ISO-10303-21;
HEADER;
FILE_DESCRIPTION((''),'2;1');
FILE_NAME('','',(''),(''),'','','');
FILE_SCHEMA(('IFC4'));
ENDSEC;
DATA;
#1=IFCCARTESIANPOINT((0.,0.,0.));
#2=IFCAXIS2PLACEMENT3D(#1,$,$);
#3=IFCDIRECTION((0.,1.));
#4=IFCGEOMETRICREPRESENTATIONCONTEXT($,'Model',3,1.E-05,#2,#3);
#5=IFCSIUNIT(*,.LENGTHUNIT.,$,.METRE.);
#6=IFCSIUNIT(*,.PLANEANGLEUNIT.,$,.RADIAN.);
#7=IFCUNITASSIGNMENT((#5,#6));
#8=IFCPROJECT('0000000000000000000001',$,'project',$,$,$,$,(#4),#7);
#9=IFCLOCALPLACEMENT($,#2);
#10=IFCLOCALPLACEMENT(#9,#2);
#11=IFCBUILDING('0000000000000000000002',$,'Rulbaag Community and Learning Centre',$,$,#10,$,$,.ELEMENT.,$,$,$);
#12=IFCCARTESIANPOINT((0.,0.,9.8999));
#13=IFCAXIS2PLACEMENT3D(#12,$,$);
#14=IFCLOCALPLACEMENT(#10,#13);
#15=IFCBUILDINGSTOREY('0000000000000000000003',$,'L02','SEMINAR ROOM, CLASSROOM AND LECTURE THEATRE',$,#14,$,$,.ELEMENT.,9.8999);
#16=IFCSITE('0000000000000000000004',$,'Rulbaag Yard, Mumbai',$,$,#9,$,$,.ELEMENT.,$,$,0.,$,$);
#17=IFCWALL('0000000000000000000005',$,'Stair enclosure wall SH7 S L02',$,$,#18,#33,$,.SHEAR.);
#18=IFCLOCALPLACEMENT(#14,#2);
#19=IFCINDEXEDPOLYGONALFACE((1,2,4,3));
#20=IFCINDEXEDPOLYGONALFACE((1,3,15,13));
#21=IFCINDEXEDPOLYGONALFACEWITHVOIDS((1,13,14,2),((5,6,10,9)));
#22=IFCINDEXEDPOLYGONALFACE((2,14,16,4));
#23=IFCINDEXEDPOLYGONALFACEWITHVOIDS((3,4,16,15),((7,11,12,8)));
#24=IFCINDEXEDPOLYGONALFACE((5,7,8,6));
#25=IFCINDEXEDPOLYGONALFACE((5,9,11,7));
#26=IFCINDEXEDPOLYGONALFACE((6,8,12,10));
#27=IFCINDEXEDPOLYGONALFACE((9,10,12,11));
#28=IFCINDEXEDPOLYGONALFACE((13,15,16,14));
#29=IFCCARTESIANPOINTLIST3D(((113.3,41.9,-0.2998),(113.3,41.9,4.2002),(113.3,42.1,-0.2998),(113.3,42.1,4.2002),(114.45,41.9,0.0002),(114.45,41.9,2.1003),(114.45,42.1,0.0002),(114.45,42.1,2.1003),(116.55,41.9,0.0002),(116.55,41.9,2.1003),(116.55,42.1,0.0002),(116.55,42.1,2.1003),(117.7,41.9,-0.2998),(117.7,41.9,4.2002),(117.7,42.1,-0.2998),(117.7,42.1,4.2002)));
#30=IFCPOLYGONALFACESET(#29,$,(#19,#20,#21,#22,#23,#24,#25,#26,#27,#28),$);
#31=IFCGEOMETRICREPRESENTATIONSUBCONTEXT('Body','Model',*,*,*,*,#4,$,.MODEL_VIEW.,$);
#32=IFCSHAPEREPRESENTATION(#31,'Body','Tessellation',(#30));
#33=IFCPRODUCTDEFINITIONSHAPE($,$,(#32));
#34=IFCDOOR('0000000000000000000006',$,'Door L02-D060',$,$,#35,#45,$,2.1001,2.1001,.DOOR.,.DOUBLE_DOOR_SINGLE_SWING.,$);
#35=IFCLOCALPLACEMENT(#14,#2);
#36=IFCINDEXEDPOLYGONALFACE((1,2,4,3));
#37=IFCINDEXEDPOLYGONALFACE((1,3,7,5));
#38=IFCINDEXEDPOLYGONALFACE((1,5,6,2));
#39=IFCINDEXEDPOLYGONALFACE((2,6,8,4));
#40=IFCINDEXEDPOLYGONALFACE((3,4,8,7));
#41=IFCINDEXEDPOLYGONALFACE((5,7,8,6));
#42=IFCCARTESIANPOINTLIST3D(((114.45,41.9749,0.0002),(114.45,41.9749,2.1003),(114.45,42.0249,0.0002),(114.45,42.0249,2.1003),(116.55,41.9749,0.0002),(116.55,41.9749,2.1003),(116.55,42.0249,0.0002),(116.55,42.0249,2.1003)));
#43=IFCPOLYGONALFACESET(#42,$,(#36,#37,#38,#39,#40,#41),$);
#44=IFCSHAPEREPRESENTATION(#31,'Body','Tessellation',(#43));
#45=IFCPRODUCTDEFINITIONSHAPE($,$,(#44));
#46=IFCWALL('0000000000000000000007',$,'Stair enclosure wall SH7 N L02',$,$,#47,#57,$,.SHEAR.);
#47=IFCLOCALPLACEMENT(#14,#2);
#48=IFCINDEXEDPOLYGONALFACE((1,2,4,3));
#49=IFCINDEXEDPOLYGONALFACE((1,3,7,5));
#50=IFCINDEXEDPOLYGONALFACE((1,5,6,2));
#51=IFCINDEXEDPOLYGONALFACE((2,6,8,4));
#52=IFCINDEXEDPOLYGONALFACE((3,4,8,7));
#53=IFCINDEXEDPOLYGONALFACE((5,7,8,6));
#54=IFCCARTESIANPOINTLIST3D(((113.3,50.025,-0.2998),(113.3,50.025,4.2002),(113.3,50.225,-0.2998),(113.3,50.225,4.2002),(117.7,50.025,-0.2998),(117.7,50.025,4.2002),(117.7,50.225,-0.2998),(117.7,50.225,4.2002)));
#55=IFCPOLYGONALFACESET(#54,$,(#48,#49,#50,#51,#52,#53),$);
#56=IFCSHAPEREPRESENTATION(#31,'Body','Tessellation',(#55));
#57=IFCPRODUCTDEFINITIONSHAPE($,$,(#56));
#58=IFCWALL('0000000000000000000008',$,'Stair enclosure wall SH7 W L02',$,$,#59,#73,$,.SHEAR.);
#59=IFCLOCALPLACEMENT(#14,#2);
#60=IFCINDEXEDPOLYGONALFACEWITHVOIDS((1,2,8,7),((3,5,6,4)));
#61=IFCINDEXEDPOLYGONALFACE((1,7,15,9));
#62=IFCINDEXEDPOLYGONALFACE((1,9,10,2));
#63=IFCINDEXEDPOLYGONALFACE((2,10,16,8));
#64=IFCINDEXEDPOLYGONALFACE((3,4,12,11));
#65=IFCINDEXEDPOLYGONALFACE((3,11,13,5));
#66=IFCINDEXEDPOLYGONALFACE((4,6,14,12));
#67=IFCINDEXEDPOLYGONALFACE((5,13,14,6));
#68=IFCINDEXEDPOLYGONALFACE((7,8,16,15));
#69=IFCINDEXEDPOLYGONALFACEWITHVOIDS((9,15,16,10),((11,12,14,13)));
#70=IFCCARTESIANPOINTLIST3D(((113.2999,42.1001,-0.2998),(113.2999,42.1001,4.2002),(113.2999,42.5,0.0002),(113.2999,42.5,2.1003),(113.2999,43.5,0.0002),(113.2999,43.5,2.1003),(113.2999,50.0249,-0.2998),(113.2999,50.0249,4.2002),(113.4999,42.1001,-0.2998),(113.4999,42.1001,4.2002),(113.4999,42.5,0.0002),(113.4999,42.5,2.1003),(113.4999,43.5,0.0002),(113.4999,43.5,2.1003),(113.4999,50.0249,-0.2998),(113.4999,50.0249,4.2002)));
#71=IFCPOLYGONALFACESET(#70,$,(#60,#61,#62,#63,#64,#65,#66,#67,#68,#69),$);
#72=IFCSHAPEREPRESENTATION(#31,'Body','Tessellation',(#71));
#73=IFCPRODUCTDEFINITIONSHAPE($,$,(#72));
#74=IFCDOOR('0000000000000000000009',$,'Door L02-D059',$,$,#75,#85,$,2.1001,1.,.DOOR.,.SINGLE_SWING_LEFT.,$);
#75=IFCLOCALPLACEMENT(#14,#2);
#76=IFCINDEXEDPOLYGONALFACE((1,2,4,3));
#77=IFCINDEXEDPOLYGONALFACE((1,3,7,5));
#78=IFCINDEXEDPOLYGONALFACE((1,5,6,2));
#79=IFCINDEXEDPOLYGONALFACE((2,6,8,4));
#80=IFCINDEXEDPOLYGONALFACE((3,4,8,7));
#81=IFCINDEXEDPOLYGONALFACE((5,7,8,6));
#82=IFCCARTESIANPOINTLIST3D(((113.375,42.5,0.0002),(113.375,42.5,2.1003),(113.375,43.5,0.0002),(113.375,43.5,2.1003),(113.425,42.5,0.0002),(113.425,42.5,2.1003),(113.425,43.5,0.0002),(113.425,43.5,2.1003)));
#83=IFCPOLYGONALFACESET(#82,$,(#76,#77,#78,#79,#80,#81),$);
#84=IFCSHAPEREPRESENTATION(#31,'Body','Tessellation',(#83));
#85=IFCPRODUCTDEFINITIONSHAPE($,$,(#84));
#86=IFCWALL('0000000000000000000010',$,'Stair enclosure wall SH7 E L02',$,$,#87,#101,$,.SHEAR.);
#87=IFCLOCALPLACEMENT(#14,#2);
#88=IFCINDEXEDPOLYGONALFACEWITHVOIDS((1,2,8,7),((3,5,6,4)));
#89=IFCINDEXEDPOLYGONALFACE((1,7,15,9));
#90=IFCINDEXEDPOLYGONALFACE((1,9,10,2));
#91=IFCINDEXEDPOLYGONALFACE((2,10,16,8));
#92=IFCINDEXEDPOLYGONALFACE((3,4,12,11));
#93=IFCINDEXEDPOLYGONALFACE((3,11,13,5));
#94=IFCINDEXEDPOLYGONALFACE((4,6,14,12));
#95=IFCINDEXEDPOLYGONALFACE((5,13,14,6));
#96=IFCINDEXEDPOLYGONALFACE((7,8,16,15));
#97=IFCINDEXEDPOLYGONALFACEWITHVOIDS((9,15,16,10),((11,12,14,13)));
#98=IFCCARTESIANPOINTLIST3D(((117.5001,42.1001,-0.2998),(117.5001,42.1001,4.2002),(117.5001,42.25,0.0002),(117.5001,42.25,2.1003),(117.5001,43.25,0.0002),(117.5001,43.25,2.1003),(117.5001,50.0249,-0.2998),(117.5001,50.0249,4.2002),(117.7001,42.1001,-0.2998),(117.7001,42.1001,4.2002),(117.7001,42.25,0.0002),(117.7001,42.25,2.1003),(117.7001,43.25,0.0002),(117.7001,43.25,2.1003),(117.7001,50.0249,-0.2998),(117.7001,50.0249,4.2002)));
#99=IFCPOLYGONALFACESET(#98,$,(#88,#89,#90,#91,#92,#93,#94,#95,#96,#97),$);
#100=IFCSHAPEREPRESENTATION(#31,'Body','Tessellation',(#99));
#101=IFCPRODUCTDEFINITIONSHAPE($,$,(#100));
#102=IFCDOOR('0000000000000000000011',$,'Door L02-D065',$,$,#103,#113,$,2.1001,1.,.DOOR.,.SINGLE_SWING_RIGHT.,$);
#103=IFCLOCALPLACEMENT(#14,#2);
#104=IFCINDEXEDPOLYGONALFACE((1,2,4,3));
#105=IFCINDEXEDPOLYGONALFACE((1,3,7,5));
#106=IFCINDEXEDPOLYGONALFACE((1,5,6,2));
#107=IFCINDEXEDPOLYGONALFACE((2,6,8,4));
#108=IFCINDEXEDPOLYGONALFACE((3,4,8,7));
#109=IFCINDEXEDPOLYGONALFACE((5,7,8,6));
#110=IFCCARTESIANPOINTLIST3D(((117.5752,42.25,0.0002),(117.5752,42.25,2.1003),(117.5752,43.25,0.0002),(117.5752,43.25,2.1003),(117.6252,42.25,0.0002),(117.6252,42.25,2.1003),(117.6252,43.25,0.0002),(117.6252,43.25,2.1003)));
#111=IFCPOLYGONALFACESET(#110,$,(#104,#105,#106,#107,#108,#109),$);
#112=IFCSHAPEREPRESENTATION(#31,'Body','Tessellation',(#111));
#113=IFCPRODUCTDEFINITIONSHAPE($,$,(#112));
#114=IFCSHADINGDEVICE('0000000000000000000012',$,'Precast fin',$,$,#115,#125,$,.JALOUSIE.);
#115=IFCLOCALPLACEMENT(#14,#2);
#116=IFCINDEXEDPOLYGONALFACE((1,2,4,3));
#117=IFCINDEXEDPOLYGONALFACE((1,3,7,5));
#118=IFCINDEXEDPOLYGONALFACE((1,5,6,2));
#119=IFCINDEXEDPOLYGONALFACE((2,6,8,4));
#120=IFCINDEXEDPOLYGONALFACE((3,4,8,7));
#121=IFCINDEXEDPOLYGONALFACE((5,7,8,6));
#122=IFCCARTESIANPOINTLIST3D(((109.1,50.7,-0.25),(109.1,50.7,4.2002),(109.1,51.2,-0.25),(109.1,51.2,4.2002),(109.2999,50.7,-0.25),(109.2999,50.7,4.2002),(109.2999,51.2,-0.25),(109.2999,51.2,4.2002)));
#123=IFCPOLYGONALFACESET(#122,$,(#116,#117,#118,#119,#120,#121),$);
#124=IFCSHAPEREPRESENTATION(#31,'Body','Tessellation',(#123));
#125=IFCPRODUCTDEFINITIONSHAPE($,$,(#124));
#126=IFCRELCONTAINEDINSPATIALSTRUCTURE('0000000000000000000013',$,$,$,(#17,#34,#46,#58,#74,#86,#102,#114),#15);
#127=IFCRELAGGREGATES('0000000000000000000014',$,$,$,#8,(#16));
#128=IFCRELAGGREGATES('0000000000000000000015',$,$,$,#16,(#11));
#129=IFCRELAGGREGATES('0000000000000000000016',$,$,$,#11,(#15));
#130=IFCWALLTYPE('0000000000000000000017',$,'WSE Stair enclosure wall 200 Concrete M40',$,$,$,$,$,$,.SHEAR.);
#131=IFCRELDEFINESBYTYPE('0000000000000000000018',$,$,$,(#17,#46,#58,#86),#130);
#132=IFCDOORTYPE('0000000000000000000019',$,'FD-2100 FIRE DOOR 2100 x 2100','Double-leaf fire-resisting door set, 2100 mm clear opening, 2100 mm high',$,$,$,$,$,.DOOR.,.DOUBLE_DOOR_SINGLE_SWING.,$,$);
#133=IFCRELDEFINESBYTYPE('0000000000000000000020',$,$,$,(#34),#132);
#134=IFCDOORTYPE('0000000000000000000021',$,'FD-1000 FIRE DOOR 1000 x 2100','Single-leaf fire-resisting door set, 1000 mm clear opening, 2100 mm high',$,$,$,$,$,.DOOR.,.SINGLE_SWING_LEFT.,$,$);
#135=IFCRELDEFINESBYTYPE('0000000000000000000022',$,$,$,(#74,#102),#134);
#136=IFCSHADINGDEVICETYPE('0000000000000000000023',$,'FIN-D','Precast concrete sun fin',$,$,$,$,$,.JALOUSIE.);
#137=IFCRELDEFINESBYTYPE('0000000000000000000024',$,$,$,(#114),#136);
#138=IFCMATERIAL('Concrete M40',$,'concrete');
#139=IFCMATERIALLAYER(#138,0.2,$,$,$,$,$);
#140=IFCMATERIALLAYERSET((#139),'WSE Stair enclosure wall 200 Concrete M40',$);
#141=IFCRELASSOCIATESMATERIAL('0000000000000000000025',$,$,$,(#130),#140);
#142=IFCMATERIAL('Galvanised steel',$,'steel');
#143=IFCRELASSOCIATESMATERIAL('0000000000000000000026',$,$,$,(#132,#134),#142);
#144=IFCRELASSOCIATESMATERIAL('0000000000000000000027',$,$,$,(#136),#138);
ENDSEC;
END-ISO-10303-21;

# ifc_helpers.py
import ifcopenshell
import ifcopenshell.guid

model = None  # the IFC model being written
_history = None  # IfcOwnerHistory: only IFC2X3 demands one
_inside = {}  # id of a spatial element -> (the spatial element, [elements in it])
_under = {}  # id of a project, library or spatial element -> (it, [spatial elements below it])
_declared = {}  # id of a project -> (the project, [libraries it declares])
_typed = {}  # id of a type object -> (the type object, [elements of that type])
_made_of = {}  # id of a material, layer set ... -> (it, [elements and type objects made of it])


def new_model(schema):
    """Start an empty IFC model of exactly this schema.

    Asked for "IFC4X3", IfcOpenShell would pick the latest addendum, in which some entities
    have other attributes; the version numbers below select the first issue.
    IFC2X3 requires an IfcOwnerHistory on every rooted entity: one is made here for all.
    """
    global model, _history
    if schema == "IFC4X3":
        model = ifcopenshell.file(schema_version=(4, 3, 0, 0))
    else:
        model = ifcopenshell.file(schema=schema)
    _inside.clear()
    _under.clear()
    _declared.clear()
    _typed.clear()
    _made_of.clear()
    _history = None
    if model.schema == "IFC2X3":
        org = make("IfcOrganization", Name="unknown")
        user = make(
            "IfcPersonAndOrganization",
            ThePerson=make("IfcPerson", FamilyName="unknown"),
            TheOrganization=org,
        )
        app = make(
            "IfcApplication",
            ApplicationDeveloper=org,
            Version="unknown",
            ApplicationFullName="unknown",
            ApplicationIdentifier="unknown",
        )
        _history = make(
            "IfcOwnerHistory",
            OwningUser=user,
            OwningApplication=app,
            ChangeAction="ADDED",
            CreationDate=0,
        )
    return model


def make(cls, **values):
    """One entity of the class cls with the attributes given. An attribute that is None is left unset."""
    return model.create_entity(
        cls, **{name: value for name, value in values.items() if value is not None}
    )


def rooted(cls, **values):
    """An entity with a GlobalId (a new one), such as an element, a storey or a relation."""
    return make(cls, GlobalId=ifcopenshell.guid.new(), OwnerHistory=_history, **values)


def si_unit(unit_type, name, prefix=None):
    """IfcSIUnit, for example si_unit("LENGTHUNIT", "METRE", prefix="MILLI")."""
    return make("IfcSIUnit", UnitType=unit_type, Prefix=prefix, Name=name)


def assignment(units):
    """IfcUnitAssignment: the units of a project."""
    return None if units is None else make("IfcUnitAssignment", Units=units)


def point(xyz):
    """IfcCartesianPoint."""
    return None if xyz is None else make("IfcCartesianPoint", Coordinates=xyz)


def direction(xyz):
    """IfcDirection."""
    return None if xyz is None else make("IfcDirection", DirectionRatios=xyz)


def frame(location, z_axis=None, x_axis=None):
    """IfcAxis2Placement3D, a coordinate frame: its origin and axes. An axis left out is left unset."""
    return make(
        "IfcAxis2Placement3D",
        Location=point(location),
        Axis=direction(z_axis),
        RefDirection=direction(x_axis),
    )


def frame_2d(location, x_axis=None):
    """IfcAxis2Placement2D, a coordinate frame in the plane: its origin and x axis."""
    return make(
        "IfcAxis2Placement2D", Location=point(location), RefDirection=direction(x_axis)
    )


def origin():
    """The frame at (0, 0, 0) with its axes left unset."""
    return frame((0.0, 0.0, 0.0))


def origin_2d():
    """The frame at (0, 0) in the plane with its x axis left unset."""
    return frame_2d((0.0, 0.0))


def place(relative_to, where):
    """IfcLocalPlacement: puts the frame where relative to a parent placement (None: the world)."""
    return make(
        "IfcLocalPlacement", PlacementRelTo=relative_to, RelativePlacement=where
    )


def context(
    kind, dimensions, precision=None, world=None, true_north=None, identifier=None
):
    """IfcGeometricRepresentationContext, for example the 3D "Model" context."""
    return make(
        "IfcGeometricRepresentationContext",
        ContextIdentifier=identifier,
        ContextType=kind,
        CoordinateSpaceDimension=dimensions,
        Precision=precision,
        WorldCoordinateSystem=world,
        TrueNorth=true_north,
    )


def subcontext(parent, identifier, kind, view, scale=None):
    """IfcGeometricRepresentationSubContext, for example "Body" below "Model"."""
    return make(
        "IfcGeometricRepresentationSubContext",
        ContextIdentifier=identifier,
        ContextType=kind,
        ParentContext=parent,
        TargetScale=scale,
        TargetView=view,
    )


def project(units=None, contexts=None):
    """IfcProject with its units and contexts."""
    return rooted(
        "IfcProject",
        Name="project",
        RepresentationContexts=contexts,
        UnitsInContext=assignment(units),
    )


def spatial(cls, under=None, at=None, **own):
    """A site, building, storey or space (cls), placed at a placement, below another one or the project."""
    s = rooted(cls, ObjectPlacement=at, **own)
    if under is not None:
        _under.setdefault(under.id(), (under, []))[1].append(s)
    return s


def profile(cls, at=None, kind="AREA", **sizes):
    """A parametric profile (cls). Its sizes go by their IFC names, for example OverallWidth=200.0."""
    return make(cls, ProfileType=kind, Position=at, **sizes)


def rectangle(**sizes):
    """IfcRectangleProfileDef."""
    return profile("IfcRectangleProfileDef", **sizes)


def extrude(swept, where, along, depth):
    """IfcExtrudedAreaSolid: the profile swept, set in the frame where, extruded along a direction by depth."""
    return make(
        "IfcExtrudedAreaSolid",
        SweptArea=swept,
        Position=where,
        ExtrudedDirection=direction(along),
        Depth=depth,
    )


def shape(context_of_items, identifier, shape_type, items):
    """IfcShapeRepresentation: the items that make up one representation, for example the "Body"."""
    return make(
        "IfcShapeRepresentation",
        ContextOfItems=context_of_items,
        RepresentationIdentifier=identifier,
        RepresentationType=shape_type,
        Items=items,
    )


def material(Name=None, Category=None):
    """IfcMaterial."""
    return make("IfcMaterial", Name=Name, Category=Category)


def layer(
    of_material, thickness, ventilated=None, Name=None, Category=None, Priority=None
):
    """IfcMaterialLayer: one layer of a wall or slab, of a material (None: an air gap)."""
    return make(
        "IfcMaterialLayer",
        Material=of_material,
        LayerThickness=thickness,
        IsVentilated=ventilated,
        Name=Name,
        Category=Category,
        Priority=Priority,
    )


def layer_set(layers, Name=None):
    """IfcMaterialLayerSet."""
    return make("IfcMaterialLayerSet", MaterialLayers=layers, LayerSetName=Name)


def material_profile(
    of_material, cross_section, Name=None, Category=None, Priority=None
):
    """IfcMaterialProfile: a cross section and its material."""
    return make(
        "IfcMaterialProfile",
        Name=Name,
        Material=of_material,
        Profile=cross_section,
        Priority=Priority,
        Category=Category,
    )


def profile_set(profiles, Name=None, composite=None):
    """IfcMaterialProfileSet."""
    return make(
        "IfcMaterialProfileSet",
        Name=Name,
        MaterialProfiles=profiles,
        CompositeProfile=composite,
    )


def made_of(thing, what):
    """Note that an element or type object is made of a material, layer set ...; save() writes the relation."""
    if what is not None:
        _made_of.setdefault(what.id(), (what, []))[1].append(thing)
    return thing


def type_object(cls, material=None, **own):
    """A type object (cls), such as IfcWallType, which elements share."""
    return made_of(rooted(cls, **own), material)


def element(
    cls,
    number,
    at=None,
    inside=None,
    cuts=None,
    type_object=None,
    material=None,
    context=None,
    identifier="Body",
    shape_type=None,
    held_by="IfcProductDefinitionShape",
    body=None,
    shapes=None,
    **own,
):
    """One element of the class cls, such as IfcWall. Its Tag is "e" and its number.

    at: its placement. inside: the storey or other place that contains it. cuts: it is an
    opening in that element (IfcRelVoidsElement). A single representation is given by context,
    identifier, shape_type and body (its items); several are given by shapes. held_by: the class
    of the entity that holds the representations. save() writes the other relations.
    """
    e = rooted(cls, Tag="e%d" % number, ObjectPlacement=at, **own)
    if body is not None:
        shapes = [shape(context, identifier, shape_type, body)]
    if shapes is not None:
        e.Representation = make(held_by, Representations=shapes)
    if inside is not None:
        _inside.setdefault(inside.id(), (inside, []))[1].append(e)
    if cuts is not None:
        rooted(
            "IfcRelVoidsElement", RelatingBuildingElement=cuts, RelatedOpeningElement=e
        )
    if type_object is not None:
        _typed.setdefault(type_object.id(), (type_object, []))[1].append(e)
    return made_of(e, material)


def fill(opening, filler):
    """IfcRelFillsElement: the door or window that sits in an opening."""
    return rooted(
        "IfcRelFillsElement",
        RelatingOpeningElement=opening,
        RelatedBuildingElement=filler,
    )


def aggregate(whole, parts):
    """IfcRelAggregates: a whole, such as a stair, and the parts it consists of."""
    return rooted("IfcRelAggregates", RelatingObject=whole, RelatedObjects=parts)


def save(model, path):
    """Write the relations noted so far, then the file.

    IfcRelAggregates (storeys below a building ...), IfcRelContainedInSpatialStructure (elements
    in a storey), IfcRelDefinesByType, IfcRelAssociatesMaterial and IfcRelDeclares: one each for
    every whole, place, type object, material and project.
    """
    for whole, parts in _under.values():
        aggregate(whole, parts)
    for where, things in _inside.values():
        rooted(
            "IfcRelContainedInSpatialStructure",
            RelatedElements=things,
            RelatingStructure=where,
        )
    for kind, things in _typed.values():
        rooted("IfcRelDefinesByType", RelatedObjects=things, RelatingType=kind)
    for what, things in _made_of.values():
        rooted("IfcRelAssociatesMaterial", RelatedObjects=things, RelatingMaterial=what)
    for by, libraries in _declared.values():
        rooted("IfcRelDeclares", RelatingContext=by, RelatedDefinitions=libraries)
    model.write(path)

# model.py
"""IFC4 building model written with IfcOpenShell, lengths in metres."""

from ifc_helpers import new_model, si_unit, direction, frame, frame_2d, origin, origin_2d, place, context, subcontext, project, spatial, rectangle, extrude, material, layer, layer_set, material_profile, profile_set, type_object, element, fill, save


model = new_model("IFC4")

# Units and contexts
model_context = context("Model", 3, precision=1e-05, world=origin(), true_north=direction((0.0, 1.0)))
body_context = subcontext(model_context, "Body", "Model", "MODEL_VIEW")
ifc_project = project(units=[si_unit("LENGTHUNIT", "METRE"), si_unit("PLANEANGLEUNIT", "RADIAN")], contexts=[model_context])

# Site, building, storey
site_placement = place(None, origin())
site = spatial("IfcSite", under=ifc_project, at=site_placement, Name="Rulbaag Yard, Mumbai", CompositionType="ELEMENT", RefElevation=0.0)
building_placement = place(site_placement, origin())
building = spatial("IfcBuilding", under=site, at=building_placement, Name="Rulbaag Community and Learning Centre", CompositionType="ELEMENT")
storey_placement = place(building_placement, frame((0.0, 0.0, 9.8999)))
storey = spatial("IfcBuildingStorey", under=building, at=storey_placement, Name="L02", Description="SEMINAR ROOM, CLASSROOM AND LECTURE THEATRE", CompositionType="ELEMENT", Elevation=9.8999)

# Shared definitions
ifc_material_1 = material(Name="Concrete M40", Category="concrete")

# Wall, opening, door
ifc_layer_1 = layer(ifc_material_1, 0.2)
ifc_layer_set_1 = layer_set([ifc_layer_1], Name="WSE Stair enclosure wall 200 Concrete M40")
wall_type_1 = type_object("IfcWallType", Name="WSE Stair enclosure wall 200 Concrete M40", PredefinedType="SHEAR", material=ifc_layer_set_1)
wall_1_placement = place(storey_placement, frame((113.3, 42.0, -0.2998), z_axis=(0.0, 0.0, 1.0), x_axis=(1.0, 0.0, 0.0)))
wall_1 = element("IfcWall", 1, at=wall_1_placement, inside=storey, type_object=wall_type_1, Name="Stair enclosure wall SH7 S L02", PredefinedType="SHEAR", context=body_context, shape_type="SweptSolid", body=[
    extrude(rectangle(XDim=4.3999, YDim=0.2, at=frame_2d((2.2, 0.0))), origin(), (0.0, 0.0, 1.0), 4.5),
])
opening_1_placement = place(wall_1_placement, frame((1.1499, 0.0, 0.3)))
opening_1 = element("IfcOpeningElement", 2, at=opening_1_placement, cuts=wall_1, PredefinedType="OPENING", context=body_context, shape_type="SweptSolid", body=[
    extrude(rectangle(XDim=2.1001, YDim=2.1001, at=frame_2d((1.05, 1.05))), frame((0.0, 0.1099, 0.0), z_axis=(0.0, -1.0, 0.0), x_axis=(1.0, 0.0, 0.0)), (0.0, 0.0, 1.0), 0.22),
])
ifc_material_2 = material(Name="Galvanised steel", Category="steel")
door_type_1 = type_object("IfcDoorType", Name="FD-2100 FIRE DOOR 2100 x 2100", Description="Double-leaf fire-resisting door set, 2100 mm clear opening, 2100 mm high", OperationType="DOUBLE_DOOR_SINGLE_SWING", PredefinedType="DOOR", material=ifc_material_2)
door_1_placement = place(opening_1_placement, origin())
door_1 = element("IfcDoor", 3, at=door_1_placement, inside=storey, type_object=door_type_1, Name="Door L02-D060", OperationType="DOUBLE_DOOR_SINGLE_SWING", OverallHeight=2.1001, OverallWidth=2.1001, PredefinedType="DOOR", context=body_context, shape_type="SweptSolid", body=[
    extrude(rectangle(XDim=2.1001, YDim=2.1001, at=frame_2d((1.05, 1.05))), frame((0.0, 0.0249, 0.0), z_axis=(0.0, -1.0, 0.0), x_axis=(1.0, 0.0, 0.0)), (0.0, 0.0, 1.0), 0.05),
])
fill(opening_1, door_1)

# Wall
wall_2_placement = place(storey_placement, frame((113.3, 50.125, -0.2998), z_axis=(0.0, 0.0, 1.0), x_axis=(1.0, 0.0, 0.0)))
element("IfcWall", 4, at=wall_2_placement, inside=storey, type_object=wall_type_1, Name="Stair enclosure wall SH7 N L02", PredefinedType="SHEAR", context=body_context, shape_type="SweptSolid", body=[
    extrude(rectangle(XDim=4.3999, YDim=0.2, at=frame_2d((2.2, 0.0))), origin(), (0.0, 0.0, 1.0), 4.5),
])

# Walls, openings, doors
wall_3_placement = place(storey_placement, frame((113.3999, 42.1001, -0.2998), z_axis=(0.0, 0.0, 1.0), x_axis=(0.0, 1.0, 0.0)))
wall_3 = element("IfcWall", 5, at=wall_3_placement, inside=storey, type_object=wall_type_1, Name="Stair enclosure wall SH7 W L02", PredefinedType="SHEAR", context=body_context, shape_type="SweptSolid", body=[
    extrude(rectangle(XDim=7.9248, YDim=0.2, at=frame_2d((3.9624, 0.0))), origin(), (0.0, 0.0, 1.0), 4.5),
])
opening_2_placement = place(wall_3_placement, frame((0.3999, 0.0, 0.3)))
opening_2 = element("IfcOpeningElement", 6, at=opening_2_placement, cuts=wall_3, PredefinedType="OPENING", context=body_context, shape_type="SweptSolid", body=[
    extrude(rectangle(XDim=1.0, YDim=2.1001, at=frame_2d((0.5, 1.05))), frame((0.0, 0.1099, 0.0), z_axis=(0.0, -1.0, 0.0), x_axis=(1.0, 0.0, 0.0)), (0.0, 0.0, 1.0), 0.22),
])
door_type_2 = type_object("IfcDoorType", Name="FD-1000 FIRE DOOR 1000 x 2100", Description="Single-leaf fire-resisting door set, 1000 mm clear opening, 2100 mm high", OperationType="SINGLE_SWING_LEFT", PredefinedType="DOOR", material=ifc_material_2)
door_2_placement = place(opening_2_placement, origin())
door_2 = element("IfcDoor", 7, at=door_2_placement, inside=storey, type_object=door_type_2, Name="Door L02-D059", OperationType="SINGLE_SWING_LEFT", OverallHeight=2.1001, OverallWidth=1.0, PredefinedType="DOOR", context=body_context, shape_type="SweptSolid", body=[
    extrude(rectangle(XDim=1.0, YDim=2.1001, at=frame_2d((0.5, 1.05))), frame((0.0, 0.0249, 0.0), z_axis=(0.0, -1.0, 0.0), x_axis=(1.0, 0.0, 0.0)), (0.0, 0.0, 1.0), 0.05),
])
fill(opening_2, door_2)
wall_4_placement = place(storey_placement, frame((117.6001, 42.1001, -0.2998), z_axis=(0.0, 0.0, 1.0), x_axis=(0.0, 1.0, 0.0)))
wall_4 = element("IfcWall", 8, at=wall_4_placement, inside=storey, type_object=wall_type_1, Name="Stair enclosure wall SH7 E L02", PredefinedType="SHEAR", context=body_context, shape_type="SweptSolid", body=[
    extrude(rectangle(XDim=7.9248, YDim=0.2, at=frame_2d((3.9624, 0.0))), origin(), (0.0, 0.0, 1.0), 4.5),
])
opening_3_placement = place(wall_4_placement, frame((0.1499, 0.0, 0.3)))
opening_3 = element("IfcOpeningElement", 9, at=opening_3_placement, cuts=wall_4, PredefinedType="OPENING", context=body_context, shape_type="SweptSolid", body=[
    extrude(rectangle(XDim=1.0, YDim=2.1001, at=frame_2d((0.5, 1.05))), frame((0.0, 0.1099, 0.0), z_axis=(0.0, -1.0, 0.0), x_axis=(1.0, 0.0, 0.0)), (0.0, 0.0, 1.0), 0.22),
])
door_3_placement = place(opening_3_placement, origin())
door_3 = element("IfcDoor", 10, at=door_3_placement, inside=storey, type_object=door_type_2, Name="Door L02-D065", OperationType="SINGLE_SWING_RIGHT", OverallHeight=2.1001, OverallWidth=1.0, PredefinedType="DOOR", context=body_context, shape_type="SweptSolid", body=[
    extrude(rectangle(XDim=1.0, YDim=2.1001, at=frame_2d((0.5, 1.05))), frame((0.0, 0.0249, 0.0), z_axis=(0.0, -1.0, 0.0), x_axis=(1.0, 0.0, 0.0)), (0.0, 0.0, 1.0), 0.05),
])
fill(opening_3, door_3)

# Shading device
ifc_material_profile_1 = material_profile(ifc_material_1, rectangle(XDim=0.2, YDim=0.5, at=origin_2d()), Name="PC 200x500")
ifc_profile_set_1 = profile_set([ifc_material_profile_1], Name="Concrete M40")
shading_device_type = type_object("IfcShadingDeviceType", Name="FIN-D", Description="Precast concrete sun fin", PredefinedType="JALOUSIE", material=ifc_profile_set_1)
shading_device_placement = place(storey_placement, frame((109.2, 50.95, -0.25), z_axis=(0.0, 0.0, 1.0), x_axis=(1.0, 0.0, 0.0)))
element("IfcShadingDevice", 11, at=shading_device_placement, inside=storey, type_object=shading_device_type, Name="Precast fin", PredefinedType="JALOUSIE", context=body_context, shape_type="SweptSolid", body=[
    extrude(rectangle(XDim=0.2, YDim=0.5, at=origin_2d()), origin(), (0.0, 0.0, 1.0), 4.4502),
])

save(model, "model.ifc")
